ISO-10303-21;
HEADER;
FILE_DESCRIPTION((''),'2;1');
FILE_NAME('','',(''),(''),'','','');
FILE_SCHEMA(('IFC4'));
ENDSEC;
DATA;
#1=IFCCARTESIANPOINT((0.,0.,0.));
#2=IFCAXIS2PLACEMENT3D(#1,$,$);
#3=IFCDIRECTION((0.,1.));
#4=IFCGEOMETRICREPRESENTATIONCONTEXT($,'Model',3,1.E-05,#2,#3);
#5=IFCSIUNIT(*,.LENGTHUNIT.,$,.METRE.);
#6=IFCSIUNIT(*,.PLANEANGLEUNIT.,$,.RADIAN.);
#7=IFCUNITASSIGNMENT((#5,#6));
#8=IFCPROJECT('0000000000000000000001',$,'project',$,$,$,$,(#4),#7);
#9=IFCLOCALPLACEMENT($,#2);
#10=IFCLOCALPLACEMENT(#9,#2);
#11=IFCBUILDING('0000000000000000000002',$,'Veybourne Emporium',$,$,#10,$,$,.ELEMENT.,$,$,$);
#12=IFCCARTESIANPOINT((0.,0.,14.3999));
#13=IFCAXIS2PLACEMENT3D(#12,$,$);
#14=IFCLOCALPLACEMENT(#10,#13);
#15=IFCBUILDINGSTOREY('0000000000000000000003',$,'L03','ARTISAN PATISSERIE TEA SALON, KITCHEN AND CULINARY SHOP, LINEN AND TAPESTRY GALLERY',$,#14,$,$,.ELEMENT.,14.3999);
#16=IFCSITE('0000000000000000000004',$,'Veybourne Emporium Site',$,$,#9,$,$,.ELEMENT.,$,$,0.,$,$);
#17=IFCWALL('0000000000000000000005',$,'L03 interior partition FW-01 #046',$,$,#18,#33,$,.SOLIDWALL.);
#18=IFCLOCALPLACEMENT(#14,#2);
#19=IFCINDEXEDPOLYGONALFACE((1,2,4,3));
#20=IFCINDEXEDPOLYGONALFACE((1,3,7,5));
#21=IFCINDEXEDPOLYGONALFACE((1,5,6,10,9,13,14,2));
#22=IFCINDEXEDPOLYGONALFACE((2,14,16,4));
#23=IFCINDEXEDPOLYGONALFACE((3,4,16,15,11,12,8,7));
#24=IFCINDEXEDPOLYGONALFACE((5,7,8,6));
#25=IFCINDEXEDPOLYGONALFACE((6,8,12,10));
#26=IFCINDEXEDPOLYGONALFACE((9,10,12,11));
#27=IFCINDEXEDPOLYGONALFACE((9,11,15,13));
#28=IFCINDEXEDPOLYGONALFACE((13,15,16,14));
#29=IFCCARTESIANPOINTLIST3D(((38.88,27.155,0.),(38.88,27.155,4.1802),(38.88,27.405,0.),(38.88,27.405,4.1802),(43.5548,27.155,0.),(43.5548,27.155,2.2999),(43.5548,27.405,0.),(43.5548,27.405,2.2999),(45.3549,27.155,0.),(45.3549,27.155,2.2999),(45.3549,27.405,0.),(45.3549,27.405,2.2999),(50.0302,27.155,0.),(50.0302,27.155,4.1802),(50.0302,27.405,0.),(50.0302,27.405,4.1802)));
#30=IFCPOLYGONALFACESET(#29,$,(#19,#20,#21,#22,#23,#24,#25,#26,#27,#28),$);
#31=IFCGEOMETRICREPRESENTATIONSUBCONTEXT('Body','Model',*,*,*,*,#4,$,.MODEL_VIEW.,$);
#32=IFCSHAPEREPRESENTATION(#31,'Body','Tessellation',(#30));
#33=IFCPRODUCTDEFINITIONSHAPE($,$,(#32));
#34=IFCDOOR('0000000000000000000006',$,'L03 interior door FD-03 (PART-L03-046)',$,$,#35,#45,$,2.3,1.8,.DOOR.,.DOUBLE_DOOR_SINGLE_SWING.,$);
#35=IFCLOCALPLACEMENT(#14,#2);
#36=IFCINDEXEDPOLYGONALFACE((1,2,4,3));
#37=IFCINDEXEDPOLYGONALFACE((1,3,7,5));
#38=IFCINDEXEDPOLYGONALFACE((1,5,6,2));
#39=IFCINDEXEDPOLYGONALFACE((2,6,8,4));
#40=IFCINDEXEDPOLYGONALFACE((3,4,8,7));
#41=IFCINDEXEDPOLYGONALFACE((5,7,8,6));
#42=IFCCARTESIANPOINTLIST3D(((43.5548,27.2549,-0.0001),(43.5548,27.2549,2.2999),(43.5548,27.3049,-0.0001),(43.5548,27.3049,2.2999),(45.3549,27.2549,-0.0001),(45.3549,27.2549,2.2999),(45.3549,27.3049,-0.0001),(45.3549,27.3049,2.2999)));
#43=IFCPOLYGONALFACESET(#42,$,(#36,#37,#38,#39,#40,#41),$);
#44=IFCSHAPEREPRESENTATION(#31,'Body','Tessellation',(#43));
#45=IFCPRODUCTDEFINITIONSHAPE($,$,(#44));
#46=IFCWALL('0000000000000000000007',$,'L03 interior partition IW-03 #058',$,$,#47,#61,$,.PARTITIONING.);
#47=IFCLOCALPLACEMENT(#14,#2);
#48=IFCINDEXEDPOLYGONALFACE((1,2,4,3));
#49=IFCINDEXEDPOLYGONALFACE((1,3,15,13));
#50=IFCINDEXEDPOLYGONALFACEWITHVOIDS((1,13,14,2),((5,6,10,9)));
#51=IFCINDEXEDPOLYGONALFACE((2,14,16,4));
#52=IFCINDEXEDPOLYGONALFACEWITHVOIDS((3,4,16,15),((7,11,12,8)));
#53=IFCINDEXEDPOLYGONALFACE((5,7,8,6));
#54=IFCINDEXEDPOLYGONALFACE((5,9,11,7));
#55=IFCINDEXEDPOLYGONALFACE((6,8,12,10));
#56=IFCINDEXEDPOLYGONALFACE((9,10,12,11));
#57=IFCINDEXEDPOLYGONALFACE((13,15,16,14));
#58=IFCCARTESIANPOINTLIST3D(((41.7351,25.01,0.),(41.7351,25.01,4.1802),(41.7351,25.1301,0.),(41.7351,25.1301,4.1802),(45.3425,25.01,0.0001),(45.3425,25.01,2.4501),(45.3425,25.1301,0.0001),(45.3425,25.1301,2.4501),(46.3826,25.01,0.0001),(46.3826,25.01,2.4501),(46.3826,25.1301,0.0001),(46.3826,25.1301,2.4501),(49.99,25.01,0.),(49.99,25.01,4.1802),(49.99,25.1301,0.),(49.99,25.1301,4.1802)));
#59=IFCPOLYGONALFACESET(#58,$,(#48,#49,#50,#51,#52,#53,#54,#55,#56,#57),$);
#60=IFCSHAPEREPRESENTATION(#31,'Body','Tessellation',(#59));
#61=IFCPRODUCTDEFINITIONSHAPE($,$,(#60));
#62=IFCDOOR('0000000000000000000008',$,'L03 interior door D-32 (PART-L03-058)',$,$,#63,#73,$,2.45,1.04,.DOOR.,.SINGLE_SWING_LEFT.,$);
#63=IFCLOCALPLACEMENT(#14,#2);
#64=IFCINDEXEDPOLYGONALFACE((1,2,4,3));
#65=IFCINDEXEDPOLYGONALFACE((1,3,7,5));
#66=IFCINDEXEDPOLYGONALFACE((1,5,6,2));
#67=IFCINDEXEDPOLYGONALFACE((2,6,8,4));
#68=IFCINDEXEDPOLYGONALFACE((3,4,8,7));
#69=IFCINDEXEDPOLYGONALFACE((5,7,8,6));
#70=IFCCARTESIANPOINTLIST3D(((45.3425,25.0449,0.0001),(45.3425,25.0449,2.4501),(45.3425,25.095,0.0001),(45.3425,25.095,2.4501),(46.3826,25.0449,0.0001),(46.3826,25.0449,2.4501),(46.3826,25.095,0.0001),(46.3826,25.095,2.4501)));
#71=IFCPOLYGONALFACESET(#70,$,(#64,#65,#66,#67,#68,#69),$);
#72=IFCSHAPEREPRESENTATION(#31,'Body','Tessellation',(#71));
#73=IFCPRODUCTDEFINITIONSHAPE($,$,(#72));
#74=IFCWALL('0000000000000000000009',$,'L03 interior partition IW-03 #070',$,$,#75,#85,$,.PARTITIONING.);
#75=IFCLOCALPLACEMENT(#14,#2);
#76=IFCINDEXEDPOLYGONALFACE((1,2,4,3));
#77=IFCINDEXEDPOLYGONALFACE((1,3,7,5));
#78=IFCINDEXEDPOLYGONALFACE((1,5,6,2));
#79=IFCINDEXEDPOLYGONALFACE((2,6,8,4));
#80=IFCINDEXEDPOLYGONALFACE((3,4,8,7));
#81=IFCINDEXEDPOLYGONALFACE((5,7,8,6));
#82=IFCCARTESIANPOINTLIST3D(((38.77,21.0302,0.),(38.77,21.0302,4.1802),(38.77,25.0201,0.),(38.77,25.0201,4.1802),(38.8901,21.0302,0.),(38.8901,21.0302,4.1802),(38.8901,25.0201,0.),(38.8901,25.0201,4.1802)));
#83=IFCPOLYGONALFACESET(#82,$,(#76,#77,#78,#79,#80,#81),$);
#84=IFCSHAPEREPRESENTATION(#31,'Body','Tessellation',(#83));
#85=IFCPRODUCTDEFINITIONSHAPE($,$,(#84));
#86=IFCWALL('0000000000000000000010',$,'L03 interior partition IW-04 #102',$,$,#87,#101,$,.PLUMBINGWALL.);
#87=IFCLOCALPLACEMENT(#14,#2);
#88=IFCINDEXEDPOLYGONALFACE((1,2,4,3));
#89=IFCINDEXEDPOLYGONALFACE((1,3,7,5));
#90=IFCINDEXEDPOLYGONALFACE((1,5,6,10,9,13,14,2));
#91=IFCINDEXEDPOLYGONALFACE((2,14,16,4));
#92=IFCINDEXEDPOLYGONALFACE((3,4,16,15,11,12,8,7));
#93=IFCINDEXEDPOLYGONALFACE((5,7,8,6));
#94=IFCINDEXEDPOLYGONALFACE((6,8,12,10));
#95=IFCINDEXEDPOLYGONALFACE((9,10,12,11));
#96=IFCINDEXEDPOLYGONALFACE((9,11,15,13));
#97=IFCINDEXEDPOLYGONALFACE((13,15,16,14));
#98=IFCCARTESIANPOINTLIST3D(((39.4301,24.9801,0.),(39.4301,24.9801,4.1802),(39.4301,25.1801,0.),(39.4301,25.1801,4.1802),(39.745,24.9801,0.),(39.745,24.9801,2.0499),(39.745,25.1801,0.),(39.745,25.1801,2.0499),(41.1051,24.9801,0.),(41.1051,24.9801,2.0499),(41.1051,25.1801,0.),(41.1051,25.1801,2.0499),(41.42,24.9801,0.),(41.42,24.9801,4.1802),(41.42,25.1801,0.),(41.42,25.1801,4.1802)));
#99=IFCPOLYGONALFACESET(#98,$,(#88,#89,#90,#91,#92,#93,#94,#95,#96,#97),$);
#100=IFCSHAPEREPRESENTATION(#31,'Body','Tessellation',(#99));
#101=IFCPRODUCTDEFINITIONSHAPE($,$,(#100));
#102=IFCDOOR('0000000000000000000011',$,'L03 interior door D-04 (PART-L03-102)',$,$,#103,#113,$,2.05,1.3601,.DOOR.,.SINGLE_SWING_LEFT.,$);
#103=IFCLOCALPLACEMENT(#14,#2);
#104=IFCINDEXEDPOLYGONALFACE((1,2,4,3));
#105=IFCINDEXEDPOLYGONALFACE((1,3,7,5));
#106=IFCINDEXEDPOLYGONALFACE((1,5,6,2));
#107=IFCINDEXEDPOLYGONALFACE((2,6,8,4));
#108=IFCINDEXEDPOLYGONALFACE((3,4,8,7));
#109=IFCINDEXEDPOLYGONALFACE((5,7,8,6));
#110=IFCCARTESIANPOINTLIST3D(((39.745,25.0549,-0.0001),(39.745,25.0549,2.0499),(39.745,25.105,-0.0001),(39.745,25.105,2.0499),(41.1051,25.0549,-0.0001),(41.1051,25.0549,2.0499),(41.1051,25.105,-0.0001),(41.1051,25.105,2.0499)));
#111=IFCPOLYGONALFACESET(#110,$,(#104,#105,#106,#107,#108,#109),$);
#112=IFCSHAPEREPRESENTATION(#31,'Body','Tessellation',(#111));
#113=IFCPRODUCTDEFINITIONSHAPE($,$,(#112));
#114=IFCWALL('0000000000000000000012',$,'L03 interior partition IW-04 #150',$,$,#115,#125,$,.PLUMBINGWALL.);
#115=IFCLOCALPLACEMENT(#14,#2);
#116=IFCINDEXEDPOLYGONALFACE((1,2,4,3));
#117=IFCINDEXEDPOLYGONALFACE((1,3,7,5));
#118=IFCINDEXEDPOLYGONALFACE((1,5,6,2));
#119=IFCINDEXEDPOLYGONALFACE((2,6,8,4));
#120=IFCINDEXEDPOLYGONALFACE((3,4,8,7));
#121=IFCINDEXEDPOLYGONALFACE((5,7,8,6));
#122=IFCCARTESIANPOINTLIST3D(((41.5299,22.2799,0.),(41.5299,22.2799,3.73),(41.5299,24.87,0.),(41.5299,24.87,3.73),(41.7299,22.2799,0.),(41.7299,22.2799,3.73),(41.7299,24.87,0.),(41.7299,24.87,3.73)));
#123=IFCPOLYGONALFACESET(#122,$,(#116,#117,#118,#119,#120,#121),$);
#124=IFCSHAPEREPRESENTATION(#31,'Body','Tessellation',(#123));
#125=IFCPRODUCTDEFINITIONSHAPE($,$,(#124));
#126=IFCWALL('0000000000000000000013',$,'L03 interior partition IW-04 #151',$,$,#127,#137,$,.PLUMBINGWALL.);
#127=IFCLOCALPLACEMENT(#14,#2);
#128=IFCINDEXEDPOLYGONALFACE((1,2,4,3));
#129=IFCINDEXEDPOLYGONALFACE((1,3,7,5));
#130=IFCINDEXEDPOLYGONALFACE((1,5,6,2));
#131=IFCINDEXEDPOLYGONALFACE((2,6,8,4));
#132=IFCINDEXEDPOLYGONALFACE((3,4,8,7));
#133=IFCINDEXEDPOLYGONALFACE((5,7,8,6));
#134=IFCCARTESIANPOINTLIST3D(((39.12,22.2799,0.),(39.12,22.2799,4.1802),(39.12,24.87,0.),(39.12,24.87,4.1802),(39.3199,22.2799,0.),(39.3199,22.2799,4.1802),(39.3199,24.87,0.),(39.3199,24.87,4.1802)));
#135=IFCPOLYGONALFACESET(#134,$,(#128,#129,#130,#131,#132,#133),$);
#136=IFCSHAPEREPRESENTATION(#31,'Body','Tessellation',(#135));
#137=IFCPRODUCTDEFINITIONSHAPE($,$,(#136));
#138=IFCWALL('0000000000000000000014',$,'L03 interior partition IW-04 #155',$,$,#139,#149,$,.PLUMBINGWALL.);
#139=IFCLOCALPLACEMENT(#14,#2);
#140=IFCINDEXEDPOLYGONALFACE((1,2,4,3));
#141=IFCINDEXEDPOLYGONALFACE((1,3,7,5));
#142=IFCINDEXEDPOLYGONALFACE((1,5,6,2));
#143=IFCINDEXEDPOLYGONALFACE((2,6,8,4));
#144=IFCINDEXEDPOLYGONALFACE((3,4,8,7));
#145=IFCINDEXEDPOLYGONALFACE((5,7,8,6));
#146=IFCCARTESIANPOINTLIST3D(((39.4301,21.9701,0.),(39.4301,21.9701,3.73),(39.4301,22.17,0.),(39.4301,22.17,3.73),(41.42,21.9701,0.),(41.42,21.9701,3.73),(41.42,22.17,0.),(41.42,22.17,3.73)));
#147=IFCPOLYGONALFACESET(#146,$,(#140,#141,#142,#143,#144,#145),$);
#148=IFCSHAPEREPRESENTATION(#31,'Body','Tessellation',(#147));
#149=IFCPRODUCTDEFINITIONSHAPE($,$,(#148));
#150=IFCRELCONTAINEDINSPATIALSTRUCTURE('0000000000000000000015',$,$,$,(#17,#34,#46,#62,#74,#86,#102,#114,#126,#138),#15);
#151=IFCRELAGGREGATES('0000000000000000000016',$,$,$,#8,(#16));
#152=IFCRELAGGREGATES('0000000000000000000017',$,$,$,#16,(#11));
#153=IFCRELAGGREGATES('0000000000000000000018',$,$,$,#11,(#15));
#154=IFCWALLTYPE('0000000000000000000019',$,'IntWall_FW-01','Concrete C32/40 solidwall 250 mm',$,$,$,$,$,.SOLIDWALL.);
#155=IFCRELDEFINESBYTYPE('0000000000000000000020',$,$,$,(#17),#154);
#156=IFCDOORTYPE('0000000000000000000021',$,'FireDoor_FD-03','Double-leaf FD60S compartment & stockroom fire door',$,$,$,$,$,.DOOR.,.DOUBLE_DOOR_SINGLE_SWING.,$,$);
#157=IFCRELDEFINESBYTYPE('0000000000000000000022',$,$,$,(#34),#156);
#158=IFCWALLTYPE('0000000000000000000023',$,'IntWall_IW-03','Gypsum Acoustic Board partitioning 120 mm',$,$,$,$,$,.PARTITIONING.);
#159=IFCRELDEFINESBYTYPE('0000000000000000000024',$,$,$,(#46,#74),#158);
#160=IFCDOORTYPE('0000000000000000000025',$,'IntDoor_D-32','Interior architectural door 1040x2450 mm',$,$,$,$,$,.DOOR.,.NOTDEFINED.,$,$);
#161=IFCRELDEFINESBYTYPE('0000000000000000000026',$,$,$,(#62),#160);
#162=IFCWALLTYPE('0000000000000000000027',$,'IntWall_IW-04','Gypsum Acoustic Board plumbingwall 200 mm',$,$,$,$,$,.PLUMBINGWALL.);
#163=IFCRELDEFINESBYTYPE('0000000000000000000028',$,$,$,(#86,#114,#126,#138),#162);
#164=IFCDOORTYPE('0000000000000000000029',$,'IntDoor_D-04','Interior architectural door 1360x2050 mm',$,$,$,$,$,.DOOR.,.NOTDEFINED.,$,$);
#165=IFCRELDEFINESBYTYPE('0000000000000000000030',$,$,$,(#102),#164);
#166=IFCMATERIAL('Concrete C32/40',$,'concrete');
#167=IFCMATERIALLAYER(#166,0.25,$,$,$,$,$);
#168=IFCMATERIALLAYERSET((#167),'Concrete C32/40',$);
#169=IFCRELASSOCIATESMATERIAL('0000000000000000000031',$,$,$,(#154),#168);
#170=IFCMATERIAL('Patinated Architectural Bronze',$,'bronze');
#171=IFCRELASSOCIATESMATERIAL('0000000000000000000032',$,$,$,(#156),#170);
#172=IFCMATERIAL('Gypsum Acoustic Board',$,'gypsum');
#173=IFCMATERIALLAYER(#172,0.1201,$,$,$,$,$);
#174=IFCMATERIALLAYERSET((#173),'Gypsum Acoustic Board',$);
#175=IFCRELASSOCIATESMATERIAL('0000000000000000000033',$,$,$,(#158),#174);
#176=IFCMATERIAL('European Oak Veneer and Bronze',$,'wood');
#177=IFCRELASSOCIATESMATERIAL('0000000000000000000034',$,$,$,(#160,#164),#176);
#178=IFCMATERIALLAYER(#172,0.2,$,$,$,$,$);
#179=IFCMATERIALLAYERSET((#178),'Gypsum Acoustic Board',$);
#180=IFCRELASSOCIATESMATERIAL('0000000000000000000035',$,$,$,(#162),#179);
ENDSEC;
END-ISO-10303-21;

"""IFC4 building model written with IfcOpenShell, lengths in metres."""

from ifc_helpers import new_model, si_unit, direction, frame, frame_2d, origin, place, context, subcontext, project, spatial, rectangle, extrude, material, layer, layer_set, type_object, element, fill, save


model = new_model("IFC4")

# Units and contexts
model_context = context("Model", 3, precision=1e-05, world=origin(), true_north=direction((0.0, 1.0)))
body_context = subcontext(model_context, "Body", "Model", "MODEL_VIEW")
ifc_project = project(units=[si_unit("LENGTHUNIT", "METRE"), si_unit("PLANEANGLEUNIT", "RADIAN")], contexts=[model_context])

# Site, building, storey
site_placement = place(None, origin())
site = spatial("IfcSite", under=ifc_project, at=site_placement, Name="Veybourne Emporium Site", CompositionType="ELEMENT", RefElevation=0.0)
building_placement = place(site_placement, origin())
building = spatial("IfcBuilding", under=site, at=building_placement, Name="Veybourne Emporium", CompositionType="ELEMENT")
storey_placement = place(building_placement, frame((0.0, 0.0, 14.3999)))
storey = spatial("IfcBuildingStorey", under=building, at=storey_placement, Name="L03", Description="ARTISAN PATISSERIE TEA SALON, KITCHEN AND CULINARY SHOP, LINEN AND TAPESTRY GALLERY", CompositionType="ELEMENT", Elevation=14.3999)

# Shared definitions
ifc_material_1 = material(Name="Concrete C32/40", Category="concrete")

# Walls, openings, doors
ifc_layer_1 = layer(ifc_material_1, 0.25)
ifc_layer_set_1 = layer_set([ifc_layer_1], Name="Concrete C32/40")
wall_type_1 = type_object("IfcWallType", Name="IntWall_FW-01", Description="Concrete C32/40 solidwall 250 mm", PredefinedType="SOLIDWALL", material=ifc_layer_set_1)
ifc_material_2 = material(Name="Patinated Architectural Bronze", Category="bronze")
door_type_1 = type_object("IfcDoorType", Name="FireDoor_FD-03", Description="Double-leaf FD60S compartment & stockroom fire door", OperationType="DOUBLE_DOOR_SINGLE_SWING", PredefinedType="DOOR", material=ifc_material_2)
wall_1_placement = place(storey_placement, frame((38.8799, 27.28, 0.0), z_axis=(0.0, 0.0, 1.0), x_axis=(1.0, 0.0, 0.0)))
wall_1 = element("IfcWall", 1, at=wall_1_placement, inside=storey, type_object=wall_type_1, Name="L03 interior partition FW-01 #046", PredefinedType="SOLIDWALL", context=body_context, shape_type="SweptSolid", body=[
    extrude(rectangle(XDim=11.1501, YDim=0.25, at=frame_2d((5.5752, 0.0))), origin(), (0.0, 0.0, 1.0), 4.1802),
])
opening_1_placement = place(wall_1_placement, frame((4.675, 0.0, 0.0)))
opening_1 = element("IfcOpeningElement", 2, at=opening_1_placement, cuts=wall_1, PredefinedType="OPENING", context=body_context, shape_type="SweptSolid", body=[
    extrude(rectangle(XDim=1.8, YDim=2.3, at=frame_2d((0.8999, 1.1499))), frame((0.0, 0.145, 0.0), z_axis=(0.0, -1.0, 0.0), x_axis=(1.0, 0.0, 0.0)), (0.0, 0.0, 1.0), 0.29),
])
door_1_placement = place(opening_1_placement, origin())
door_1 = element("IfcDoor", 3, at=door_1_placement, inside=storey, type_object=door_type_1, Name="L03 interior door FD-03 (PART-L03-046)", OperationType="DOUBLE_DOOR_SINGLE_SWING", OverallHeight=2.3, OverallWidth=1.8, PredefinedType="DOOR", context=body_context, shape_type="SweptSolid", body=[
    extrude(rectangle(XDim=1.8, YDim=2.3, at=frame_2d((0.8999, 1.1499))), frame((0.0, 0.0249, 0.0), z_axis=(0.0, -1.0, 0.0), x_axis=(1.0, 0.0, 0.0)), (0.0, 0.0, 1.0), 0.05),
])
fill(opening_1, door_1)
ifc_material_3 = material(Name="Gypsum Acoustic Board", Category="gypsum")
ifc_layer_2 = layer(ifc_material_3, 0.1201)
ifc_layer_set_2 = layer_set([ifc_layer_2], Name="Gypsum Acoustic Board")
wall_type_2 = type_object("IfcWallType", Name="IntWall_IW-03", Description="Gypsum Acoustic Board partitioning 120 mm", PredefinedType="PARTITIONING", material=ifc_layer_set_2)
wall_2_placement = place(storey_placement, frame((41.7351, 25.0701, 0.0), z_axis=(0.0, 0.0, 1.0), x_axis=(1.0, 0.0, 0.0)))
wall_2 = element("IfcWall", 4, at=wall_2_placement, inside=storey, type_object=wall_type_2, Name="L03 interior partition IW-03 #058", PredefinedType="PARTITIONING", context=body_context, shape_type="SweptSolid", body=[
    extrude(rectangle(XDim=8.2549, YDim=0.1201, at=frame_2d((4.1274, 0.0))), origin(), (0.0, 0.0, 1.0), 4.1802),
])
opening_2_placement = place(wall_2_placement, frame((3.6074, 0.0, 0.0)))
opening_2 = element("IfcOpeningElement", 5, at=opening_2_placement, cuts=wall_2, PredefinedType="OPENING", context=body_context, shape_type="SweptSolid", body=[
    extrude(rectangle(XDim=1.04, YDim=2.45, at=frame_2d((0.52, 1.2251))), frame((0.0, 0.0801, 0.0), z_axis=(0.0, -1.0, 0.0), x_axis=(1.0, 0.0, 0.0)), (0.0, 0.0, 1.0), 0.1602),
])
ifc_material_4 = material(Name="European Oak Veneer and Bronze", Category="wood")
door_type_2 = type_object("IfcDoorType", Name="IntDoor_D-32", Description="Interior architectural door 1040x2450 mm", OperationType="NOTDEFINED", PredefinedType="DOOR", material=ifc_material_4)
door_2_placement = place(opening_2_placement, origin())
door_2 = element("IfcDoor", 6, at=door_2_placement, inside=storey, type_object=door_type_2, Name="L03 interior door D-32 (PART-L03-058)", OperationType="SINGLE_SWING_LEFT", OverallHeight=2.45, OverallWidth=1.04, PredefinedType="DOOR", context=body_context, shape_type="SweptSolid", body=[
    extrude(rectangle(XDim=1.04, YDim=2.45, at=frame_2d((0.52, 1.2251))), frame((0.0, 0.0249, 0.0), z_axis=(0.0, -1.0, 0.0), x_axis=(1.0, 0.0, 0.0)), (0.0, 0.0, 1.0), 0.05),
])
fill(opening_2, door_2)

# Wall
wall_3_placement = place(storey_placement, frame((38.8301, 21.03, 0.0), z_axis=(0.0, 0.0, 1.0), x_axis=(0.0, 1.0, 0.0)))
element("IfcWall", 7, at=wall_3_placement, inside=storey, type_object=wall_type_2, Name="L03 interior partition IW-03 #070", PredefinedType="PARTITIONING", context=body_context, shape_type="SweptSolid", body=[
    extrude(rectangle(XDim=3.99, YDim=0.1201, at=frame_2d((1.9951, 0.0))), origin(), (0.0, 0.0, 1.0), 4.1802),
])

# Wall, opening, door
ifc_layer_3 = layer(ifc_material_3, 0.2)
ifc_layer_set_3 = layer_set([ifc_layer_3], Name="Gypsum Acoustic Board")
wall_type_3 = type_object("IfcWallType", Name="IntWall_IW-04", Description="Gypsum Acoustic Board plumbingwall 200 mm", PredefinedType="PLUMBINGWALL", material=ifc_layer_set_3)
wall_4_placement = place(storey_placement, frame((39.4299, 25.0801, 0.0), z_axis=(0.0, 0.0, 1.0), x_axis=(1.0, 0.0, 0.0)))
wall_4 = element("IfcWall", 8, at=wall_4_placement, inside=storey, type_object=wall_type_3, Name="L03 interior partition IW-04 #102", PredefinedType="PLUMBINGWALL", context=body_context, shape_type="SweptSolid", body=[
    extrude(rectangle(XDim=1.99, YDim=0.2, at=frame_2d((0.9951, 0.0))), origin(), (0.0, 0.0, 1.0), 4.1802),
])
opening_3_placement = place(wall_4_placement, frame((0.3149, 0.0, 0.0)))
opening_3 = element("IfcOpeningElement", 9, at=opening_3_placement, cuts=wall_4, PredefinedType="OPENING", context=body_context, shape_type="SweptSolid", body=[
    extrude(rectangle(XDim=1.3601, YDim=2.05, at=frame_2d((0.6802, 1.0249))), frame((0.0, 0.1201, 0.0), z_axis=(0.0, -1.0, 0.0), x_axis=(1.0, 0.0, 0.0)), (0.0, 0.0, 1.0), 0.24),
])
door_type_3 = type_object("IfcDoorType", Name="IntDoor_D-04", Description="Interior architectural door 1360x2050 mm", OperationType="NOTDEFINED", PredefinedType="DOOR", material=ifc_material_4)
door_3_placement = place(opening_3_placement, origin())
door_3 = element("IfcDoor", 10, at=door_3_placement, inside=storey, type_object=door_type_3, Name="L03 interior door D-04 (PART-L03-102)", OperationType="SINGLE_SWING_LEFT", OverallHeight=2.05, OverallWidth=1.3601, PredefinedType="DOOR", context=body_context, shape_type="SweptSolid", body=[
    extrude(rectangle(XDim=1.3601, YDim=2.05, at=frame_2d((0.6802, 1.0249))), frame((0.0, 0.0249, 0.0), z_axis=(0.0, -1.0, 0.0), x_axis=(1.0, 0.0, 0.0)), (0.0, 0.0, 1.0), 0.05),
])
fill(opening_3, door_3)

# Walls
wall_5_placement = place(storey_placement, frame((41.6299, 22.28, 0.0), z_axis=(0.0, 0.0, 1.0), x_axis=(0.0, 1.0, 0.0)))
element("IfcWall", 11, at=wall_5_placement, inside=storey, type_object=wall_type_3, Name="L03 interior partition IW-04 #150", PredefinedType="PLUMBINGWALL", context=body_context, shape_type="SweptSolid", body=[
    extrude(rectangle(XDim=2.5901, YDim=0.2, at=frame_2d((1.2949, 0.0))), origin(), (0.0, 0.0, 1.0), 3.73),
])
wall_6_placement = place(storey_placement, frame((39.22, 22.28, 0.0), z_axis=(0.0, 0.0, 1.0), x_axis=(0.0, 1.0, 0.0)))
element("IfcWall", 12, at=wall_6_placement, inside=storey, type_object=wall_type_3, Name="L03 interior partition IW-04 #151", PredefinedType="PLUMBINGWALL", context=body_context, shape_type="SweptSolid", body=[
    extrude(rectangle(XDim=2.5901, YDim=0.2, at=frame_2d((1.2949, 0.0))), origin(), (0.0, 0.0, 1.0), 4.1802),
])
wall_7_placement = place(storey_placement, frame((39.4299, 22.0701, 0.0), z_axis=(0.0, 0.0, 1.0), x_axis=(1.0, 0.0, 0.0)))
element("IfcWall", 13, at=wall_7_placement, inside=storey, type_object=wall_type_3, Name="L03 interior partition IW-04 #155", PredefinedType="PLUMBINGWALL", context=body_context, shape_type="SweptSolid", body=[
    extrude(rectangle(XDim=1.99, YDim=0.2, at=frame_2d((0.9951, 0.0))), origin(), (0.0, 0.0, 1.0), 3.73),
])

save(model, "model.ifc")
